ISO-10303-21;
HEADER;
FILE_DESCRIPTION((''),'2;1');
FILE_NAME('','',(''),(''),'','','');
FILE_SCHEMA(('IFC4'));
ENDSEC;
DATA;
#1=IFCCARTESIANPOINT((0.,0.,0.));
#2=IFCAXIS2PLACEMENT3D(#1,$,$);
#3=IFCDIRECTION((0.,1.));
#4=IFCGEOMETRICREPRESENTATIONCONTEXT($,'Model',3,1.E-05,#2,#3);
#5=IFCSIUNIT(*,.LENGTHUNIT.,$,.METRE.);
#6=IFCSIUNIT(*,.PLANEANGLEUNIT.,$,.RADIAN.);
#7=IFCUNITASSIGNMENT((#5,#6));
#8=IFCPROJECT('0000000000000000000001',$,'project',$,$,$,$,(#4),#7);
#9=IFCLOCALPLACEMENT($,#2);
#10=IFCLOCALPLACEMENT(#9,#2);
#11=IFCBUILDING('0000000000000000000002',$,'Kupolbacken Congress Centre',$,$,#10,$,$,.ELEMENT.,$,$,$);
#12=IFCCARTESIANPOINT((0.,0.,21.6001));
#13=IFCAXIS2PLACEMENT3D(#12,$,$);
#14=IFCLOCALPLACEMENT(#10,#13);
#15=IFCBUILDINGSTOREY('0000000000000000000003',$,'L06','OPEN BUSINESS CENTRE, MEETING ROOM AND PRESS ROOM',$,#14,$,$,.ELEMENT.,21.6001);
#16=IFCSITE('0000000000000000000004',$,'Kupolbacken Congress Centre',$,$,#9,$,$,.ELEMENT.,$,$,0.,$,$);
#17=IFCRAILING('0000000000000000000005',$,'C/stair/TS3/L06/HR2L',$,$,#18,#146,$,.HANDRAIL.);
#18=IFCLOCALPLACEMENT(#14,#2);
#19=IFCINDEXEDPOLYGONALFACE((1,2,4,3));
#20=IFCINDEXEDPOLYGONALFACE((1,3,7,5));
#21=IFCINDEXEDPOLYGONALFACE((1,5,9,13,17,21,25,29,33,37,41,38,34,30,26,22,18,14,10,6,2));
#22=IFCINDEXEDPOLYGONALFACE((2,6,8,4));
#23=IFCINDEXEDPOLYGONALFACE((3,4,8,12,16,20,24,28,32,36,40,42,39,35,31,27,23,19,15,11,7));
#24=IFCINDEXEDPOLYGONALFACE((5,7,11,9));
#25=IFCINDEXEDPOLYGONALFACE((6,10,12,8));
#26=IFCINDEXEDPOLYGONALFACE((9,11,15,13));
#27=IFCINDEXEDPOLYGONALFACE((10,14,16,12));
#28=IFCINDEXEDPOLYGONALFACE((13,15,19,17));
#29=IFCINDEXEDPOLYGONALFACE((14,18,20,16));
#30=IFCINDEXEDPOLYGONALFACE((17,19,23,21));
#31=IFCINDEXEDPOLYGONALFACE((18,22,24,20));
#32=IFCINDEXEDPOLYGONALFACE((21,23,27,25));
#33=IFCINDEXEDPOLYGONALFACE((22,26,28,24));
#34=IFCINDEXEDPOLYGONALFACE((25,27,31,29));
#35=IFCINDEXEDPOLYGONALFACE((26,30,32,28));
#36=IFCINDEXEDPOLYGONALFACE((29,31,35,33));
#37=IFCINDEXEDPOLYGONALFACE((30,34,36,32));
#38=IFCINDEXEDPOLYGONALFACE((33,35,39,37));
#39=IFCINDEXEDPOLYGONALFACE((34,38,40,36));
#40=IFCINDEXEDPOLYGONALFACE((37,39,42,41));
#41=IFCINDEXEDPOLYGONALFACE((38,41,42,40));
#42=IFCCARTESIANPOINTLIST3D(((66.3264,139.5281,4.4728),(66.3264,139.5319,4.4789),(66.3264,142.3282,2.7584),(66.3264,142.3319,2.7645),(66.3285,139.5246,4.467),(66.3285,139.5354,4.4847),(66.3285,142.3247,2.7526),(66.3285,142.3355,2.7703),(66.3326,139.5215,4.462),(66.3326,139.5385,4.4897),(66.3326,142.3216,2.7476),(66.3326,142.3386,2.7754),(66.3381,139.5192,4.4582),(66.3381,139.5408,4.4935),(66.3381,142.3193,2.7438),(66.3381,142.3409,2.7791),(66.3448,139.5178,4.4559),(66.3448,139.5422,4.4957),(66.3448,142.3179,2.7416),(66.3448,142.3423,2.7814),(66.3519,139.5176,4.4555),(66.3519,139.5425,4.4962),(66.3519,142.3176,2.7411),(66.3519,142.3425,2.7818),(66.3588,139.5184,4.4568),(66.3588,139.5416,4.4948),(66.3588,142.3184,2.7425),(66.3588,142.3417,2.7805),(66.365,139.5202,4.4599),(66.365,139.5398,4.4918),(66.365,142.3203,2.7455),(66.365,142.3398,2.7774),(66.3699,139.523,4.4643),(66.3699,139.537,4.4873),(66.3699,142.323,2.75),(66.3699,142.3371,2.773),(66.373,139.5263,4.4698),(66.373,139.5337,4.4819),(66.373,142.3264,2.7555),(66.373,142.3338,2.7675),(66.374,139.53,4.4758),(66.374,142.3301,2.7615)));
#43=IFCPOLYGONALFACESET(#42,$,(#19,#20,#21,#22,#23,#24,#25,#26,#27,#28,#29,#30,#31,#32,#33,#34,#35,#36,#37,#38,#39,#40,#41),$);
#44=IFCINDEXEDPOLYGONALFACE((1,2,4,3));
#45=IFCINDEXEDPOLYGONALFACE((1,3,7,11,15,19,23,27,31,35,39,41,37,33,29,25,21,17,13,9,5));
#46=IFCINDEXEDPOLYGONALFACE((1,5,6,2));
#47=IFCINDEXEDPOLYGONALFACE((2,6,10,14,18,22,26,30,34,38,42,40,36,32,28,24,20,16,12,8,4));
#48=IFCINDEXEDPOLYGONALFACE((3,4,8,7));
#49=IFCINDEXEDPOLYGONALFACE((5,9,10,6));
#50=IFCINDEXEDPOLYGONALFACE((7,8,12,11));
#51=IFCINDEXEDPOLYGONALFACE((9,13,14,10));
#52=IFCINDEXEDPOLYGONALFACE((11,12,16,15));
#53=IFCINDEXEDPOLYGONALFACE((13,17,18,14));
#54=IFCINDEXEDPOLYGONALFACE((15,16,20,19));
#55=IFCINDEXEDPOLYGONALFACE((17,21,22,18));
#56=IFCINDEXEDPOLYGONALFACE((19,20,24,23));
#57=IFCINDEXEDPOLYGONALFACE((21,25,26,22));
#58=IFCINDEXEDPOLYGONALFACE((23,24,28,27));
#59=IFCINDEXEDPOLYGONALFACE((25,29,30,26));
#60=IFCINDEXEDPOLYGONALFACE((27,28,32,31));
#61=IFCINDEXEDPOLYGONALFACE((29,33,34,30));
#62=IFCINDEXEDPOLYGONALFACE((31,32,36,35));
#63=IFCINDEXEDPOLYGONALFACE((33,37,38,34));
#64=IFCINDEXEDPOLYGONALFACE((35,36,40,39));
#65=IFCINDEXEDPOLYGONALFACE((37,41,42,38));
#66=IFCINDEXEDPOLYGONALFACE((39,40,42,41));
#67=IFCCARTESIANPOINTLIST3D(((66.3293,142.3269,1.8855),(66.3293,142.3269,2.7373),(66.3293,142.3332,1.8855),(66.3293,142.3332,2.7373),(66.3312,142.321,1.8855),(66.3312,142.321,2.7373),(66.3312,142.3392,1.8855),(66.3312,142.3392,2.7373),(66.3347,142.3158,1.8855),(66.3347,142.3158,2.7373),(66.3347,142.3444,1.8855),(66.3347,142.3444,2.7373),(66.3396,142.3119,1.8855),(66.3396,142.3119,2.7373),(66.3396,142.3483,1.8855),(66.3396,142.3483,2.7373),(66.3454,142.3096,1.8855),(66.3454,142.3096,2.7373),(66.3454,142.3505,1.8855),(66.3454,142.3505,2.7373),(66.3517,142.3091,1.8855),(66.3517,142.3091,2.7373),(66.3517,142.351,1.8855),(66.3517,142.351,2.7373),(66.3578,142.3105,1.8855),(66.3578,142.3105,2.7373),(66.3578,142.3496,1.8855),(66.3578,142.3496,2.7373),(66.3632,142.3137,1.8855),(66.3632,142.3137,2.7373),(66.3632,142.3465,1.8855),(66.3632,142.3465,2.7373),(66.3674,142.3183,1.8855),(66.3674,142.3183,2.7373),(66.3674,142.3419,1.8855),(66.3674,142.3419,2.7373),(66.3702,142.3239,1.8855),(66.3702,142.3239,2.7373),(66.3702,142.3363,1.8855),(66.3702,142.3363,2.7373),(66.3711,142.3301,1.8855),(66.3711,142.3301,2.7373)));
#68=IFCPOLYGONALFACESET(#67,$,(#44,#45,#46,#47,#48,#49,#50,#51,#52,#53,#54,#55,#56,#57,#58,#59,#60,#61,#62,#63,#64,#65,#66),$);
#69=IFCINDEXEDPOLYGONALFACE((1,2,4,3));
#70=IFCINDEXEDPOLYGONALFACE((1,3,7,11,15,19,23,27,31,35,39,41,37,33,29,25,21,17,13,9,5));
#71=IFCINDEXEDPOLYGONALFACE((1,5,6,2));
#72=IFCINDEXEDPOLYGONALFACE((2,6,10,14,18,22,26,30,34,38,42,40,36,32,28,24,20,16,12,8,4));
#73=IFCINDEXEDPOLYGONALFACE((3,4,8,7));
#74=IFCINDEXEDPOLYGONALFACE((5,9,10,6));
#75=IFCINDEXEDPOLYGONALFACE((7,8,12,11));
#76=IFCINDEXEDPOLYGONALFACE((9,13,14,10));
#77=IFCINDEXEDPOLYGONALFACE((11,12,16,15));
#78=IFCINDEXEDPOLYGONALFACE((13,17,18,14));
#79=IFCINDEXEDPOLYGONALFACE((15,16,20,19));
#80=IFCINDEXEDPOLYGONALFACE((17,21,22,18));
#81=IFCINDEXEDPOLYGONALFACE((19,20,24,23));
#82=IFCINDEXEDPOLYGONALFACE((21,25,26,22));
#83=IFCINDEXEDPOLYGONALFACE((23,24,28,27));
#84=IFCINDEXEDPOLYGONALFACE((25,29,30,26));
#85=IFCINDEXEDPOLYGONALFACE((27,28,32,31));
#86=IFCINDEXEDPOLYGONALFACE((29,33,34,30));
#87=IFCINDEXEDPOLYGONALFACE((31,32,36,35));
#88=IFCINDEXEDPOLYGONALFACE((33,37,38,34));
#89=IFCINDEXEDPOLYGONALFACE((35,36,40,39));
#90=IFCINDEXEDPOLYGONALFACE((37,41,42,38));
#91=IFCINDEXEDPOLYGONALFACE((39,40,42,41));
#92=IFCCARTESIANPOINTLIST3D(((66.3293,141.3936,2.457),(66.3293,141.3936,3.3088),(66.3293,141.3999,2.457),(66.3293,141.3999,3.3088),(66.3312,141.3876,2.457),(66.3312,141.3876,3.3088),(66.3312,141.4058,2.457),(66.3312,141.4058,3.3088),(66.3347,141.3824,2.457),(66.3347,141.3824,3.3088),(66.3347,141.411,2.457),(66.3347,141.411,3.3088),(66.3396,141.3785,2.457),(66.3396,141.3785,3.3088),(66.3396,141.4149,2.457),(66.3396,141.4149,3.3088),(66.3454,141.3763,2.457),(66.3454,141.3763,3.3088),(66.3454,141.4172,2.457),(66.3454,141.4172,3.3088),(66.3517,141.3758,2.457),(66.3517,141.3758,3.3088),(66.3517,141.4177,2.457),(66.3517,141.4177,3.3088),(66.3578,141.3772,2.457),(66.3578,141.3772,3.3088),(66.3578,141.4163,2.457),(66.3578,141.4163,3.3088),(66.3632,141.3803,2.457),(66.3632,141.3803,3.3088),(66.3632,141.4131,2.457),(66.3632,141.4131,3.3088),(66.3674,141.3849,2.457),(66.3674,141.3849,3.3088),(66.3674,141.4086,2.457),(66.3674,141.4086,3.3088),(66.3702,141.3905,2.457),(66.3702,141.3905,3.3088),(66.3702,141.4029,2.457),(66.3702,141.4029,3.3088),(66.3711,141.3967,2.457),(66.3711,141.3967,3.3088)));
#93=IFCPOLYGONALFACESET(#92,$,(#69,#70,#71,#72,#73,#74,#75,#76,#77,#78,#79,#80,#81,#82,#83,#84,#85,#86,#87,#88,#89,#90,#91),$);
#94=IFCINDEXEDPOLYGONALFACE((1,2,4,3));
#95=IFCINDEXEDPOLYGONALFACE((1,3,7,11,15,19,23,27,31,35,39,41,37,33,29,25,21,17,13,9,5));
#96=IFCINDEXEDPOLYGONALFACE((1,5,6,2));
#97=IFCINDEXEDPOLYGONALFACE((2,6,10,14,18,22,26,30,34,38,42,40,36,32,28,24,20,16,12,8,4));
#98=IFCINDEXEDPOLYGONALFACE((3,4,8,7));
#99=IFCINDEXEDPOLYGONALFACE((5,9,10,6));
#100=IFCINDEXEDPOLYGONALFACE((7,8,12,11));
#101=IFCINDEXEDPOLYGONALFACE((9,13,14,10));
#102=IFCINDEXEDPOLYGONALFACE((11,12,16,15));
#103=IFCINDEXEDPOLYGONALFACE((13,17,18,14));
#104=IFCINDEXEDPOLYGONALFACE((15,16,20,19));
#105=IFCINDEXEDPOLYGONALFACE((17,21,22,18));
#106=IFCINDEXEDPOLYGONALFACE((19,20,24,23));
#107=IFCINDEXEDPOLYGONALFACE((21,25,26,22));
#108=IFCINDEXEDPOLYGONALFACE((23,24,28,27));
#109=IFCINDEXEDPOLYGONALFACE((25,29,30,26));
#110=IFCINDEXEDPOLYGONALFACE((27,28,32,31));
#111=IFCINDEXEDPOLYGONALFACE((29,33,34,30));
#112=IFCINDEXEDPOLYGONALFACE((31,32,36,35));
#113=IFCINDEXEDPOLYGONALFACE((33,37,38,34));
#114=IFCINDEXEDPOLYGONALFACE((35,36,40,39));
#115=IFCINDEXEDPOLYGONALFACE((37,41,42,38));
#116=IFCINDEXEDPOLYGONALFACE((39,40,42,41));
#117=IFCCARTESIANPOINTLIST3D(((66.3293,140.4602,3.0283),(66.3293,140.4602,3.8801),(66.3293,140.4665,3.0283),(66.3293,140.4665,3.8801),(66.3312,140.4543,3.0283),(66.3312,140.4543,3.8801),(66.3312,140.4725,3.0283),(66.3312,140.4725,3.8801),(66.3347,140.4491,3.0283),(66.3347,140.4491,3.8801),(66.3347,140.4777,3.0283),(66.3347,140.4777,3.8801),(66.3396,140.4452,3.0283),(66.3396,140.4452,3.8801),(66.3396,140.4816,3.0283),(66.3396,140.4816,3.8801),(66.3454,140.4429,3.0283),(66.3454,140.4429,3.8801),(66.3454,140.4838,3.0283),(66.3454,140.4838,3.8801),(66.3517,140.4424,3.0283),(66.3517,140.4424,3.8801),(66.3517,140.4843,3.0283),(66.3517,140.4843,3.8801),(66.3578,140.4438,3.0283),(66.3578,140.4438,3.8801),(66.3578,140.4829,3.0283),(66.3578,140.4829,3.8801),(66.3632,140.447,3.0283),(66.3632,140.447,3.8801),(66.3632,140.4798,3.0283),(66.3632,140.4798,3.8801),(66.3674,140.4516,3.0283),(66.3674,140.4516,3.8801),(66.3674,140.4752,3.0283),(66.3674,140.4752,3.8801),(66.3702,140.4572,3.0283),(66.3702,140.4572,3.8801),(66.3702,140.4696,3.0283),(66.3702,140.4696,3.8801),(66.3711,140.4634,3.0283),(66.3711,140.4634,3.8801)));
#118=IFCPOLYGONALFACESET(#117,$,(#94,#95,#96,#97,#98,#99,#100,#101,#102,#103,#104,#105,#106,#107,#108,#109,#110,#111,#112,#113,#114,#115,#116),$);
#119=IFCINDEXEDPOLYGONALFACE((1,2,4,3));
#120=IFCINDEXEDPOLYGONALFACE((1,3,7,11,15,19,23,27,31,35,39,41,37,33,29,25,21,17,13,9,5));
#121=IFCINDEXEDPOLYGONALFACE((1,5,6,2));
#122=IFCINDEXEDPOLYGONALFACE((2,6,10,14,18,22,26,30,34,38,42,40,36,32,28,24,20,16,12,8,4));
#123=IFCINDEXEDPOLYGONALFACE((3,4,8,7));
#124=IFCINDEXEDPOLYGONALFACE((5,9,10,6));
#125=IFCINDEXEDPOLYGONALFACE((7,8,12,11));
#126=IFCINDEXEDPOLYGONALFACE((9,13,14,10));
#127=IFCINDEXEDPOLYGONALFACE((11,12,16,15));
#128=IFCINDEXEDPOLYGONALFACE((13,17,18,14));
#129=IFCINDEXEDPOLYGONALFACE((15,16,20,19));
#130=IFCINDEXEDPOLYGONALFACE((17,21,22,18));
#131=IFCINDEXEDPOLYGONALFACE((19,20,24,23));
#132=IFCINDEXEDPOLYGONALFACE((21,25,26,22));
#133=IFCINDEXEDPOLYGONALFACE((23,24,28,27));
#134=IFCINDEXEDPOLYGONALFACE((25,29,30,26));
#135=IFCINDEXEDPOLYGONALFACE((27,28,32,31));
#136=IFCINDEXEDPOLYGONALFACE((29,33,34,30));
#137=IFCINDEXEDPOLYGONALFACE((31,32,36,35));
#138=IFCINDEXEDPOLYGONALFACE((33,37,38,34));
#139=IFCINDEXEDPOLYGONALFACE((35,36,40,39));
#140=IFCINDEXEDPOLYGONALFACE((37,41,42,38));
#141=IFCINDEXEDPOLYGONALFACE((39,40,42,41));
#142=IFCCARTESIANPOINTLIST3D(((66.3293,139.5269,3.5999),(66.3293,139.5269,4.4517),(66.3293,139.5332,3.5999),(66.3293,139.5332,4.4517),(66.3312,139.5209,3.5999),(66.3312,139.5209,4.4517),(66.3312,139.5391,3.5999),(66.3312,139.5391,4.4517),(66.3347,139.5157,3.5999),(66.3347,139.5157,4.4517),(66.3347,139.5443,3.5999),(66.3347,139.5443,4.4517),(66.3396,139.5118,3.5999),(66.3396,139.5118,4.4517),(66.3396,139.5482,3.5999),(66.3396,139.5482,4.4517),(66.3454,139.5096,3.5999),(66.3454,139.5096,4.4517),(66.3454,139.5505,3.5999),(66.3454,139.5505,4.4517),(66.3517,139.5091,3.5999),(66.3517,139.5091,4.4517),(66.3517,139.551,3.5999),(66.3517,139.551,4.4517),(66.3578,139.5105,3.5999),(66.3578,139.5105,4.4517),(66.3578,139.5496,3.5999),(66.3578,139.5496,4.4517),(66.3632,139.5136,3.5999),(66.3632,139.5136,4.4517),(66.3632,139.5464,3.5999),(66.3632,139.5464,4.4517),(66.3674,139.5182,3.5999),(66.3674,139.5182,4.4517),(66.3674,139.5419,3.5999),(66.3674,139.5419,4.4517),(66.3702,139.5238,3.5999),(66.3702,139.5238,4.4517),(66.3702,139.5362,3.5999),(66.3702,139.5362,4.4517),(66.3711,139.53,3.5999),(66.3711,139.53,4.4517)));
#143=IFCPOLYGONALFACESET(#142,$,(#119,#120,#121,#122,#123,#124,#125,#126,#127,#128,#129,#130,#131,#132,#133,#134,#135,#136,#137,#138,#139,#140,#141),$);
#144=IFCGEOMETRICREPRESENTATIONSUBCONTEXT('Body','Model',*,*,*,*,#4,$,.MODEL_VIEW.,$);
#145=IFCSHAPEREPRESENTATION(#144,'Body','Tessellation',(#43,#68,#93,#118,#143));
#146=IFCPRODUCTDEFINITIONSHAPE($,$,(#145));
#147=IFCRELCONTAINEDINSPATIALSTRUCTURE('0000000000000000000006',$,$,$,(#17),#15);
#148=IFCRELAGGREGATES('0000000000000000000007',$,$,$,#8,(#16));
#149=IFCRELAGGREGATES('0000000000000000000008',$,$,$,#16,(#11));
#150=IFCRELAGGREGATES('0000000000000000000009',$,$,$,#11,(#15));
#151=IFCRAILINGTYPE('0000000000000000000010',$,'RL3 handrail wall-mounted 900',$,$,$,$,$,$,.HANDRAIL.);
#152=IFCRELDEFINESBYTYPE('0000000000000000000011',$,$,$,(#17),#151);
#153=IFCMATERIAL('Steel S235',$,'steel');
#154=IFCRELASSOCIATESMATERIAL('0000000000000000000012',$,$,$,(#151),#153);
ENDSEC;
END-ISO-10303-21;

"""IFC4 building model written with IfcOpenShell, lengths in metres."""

from ifc_helpers import new_model, si_unit, direction, frame, origin, origin_2d, place, context, subcontext, project, spatial, circle, extrude, material, type_object, element, save


model = new_model("IFC4")

# Units and contexts
model_context = context("Model", 3, precision=1e-05, world=origin(), true_north=direction((0.0, 1.0)))
body_context = subcontext(model_context, "Body", "Model", "MODEL_VIEW")
ifc_project = project(units=[si_unit("LENGTHUNIT", "METRE"), si_unit("PLANEANGLEUNIT", "RADIAN")], contexts=[model_context])

# Site, building, storey
site_placement = place(None, origin())
site = spatial("IfcSite", under=ifc_project, at=site_placement, Name="Kupolbacken Congress Centre", CompositionType="ELEMENT", RefElevation=0.0)
building_placement = place(site_placement, origin())
building = spatial("IfcBuilding", under=site, at=building_placement, Name="Kupolbacken Congress Centre", CompositionType="ELEMENT")
storey_placement = place(building_placement, frame((0.0, 0.0, 21.6001)))
storey = spatial("IfcBuildingStorey", under=building, at=storey_placement, Name="L06", Description="OPEN BUSINESS CENTRE, MEETING ROOM AND PRESS ROOM", CompositionType="ELEMENT", Elevation=21.6001)

# Railing
ifc_material_1 = material(Name="Steel S235", Category="steel")
railing_type = type_object("IfcRailingType", Name="RL3 handrail wall-mounted 900", PredefinedType="HANDRAIL", material=ifc_material_1)
for number, where, name in (
    (1, (66.3501, 142.3301, 1.8855), "C/stair/TS3/L06/HR2L"),
):
    element("IfcRailing", number, at=place(storey_placement, frame(where)), inside=storey, type_object=railing_type, Name=name, PredefinedType="HANDRAIL", context=body_context, shape_type="SweptSolid", body=[
        extrude(circle(Radius=0.0239, at=origin_2d()), frame((0.0, 0.0, 0.876), z_axis=(0.0, -0.852846, 0.522163), x_axis=(1.0, 0.0, 0.0)), (0.0, 0.0, 1.0), 3.2832),
        extrude(circle(Radius=0.021, at=origin_2d()), origin(), (0.0, 0.0, 1.0), 0.8518),
        extrude(circle(Radius=0.021, at=origin_2d()), frame((0.0, -0.9333, 0.5715)), (0.0, 0.0, 1.0), 0.8518),
        extrude(circle(Radius=0.021, at=origin_2d()), frame((0.0, -1.8667, 1.1428)), (0.0, 0.0, 1.0), 0.8518),
        extrude(circle(Radius=0.021, at=origin_2d()), frame((0.0, -2.8, 1.7144)), (0.0, 0.0, 1.0), 0.8518),
    ])

save(model, "model.ifc")
